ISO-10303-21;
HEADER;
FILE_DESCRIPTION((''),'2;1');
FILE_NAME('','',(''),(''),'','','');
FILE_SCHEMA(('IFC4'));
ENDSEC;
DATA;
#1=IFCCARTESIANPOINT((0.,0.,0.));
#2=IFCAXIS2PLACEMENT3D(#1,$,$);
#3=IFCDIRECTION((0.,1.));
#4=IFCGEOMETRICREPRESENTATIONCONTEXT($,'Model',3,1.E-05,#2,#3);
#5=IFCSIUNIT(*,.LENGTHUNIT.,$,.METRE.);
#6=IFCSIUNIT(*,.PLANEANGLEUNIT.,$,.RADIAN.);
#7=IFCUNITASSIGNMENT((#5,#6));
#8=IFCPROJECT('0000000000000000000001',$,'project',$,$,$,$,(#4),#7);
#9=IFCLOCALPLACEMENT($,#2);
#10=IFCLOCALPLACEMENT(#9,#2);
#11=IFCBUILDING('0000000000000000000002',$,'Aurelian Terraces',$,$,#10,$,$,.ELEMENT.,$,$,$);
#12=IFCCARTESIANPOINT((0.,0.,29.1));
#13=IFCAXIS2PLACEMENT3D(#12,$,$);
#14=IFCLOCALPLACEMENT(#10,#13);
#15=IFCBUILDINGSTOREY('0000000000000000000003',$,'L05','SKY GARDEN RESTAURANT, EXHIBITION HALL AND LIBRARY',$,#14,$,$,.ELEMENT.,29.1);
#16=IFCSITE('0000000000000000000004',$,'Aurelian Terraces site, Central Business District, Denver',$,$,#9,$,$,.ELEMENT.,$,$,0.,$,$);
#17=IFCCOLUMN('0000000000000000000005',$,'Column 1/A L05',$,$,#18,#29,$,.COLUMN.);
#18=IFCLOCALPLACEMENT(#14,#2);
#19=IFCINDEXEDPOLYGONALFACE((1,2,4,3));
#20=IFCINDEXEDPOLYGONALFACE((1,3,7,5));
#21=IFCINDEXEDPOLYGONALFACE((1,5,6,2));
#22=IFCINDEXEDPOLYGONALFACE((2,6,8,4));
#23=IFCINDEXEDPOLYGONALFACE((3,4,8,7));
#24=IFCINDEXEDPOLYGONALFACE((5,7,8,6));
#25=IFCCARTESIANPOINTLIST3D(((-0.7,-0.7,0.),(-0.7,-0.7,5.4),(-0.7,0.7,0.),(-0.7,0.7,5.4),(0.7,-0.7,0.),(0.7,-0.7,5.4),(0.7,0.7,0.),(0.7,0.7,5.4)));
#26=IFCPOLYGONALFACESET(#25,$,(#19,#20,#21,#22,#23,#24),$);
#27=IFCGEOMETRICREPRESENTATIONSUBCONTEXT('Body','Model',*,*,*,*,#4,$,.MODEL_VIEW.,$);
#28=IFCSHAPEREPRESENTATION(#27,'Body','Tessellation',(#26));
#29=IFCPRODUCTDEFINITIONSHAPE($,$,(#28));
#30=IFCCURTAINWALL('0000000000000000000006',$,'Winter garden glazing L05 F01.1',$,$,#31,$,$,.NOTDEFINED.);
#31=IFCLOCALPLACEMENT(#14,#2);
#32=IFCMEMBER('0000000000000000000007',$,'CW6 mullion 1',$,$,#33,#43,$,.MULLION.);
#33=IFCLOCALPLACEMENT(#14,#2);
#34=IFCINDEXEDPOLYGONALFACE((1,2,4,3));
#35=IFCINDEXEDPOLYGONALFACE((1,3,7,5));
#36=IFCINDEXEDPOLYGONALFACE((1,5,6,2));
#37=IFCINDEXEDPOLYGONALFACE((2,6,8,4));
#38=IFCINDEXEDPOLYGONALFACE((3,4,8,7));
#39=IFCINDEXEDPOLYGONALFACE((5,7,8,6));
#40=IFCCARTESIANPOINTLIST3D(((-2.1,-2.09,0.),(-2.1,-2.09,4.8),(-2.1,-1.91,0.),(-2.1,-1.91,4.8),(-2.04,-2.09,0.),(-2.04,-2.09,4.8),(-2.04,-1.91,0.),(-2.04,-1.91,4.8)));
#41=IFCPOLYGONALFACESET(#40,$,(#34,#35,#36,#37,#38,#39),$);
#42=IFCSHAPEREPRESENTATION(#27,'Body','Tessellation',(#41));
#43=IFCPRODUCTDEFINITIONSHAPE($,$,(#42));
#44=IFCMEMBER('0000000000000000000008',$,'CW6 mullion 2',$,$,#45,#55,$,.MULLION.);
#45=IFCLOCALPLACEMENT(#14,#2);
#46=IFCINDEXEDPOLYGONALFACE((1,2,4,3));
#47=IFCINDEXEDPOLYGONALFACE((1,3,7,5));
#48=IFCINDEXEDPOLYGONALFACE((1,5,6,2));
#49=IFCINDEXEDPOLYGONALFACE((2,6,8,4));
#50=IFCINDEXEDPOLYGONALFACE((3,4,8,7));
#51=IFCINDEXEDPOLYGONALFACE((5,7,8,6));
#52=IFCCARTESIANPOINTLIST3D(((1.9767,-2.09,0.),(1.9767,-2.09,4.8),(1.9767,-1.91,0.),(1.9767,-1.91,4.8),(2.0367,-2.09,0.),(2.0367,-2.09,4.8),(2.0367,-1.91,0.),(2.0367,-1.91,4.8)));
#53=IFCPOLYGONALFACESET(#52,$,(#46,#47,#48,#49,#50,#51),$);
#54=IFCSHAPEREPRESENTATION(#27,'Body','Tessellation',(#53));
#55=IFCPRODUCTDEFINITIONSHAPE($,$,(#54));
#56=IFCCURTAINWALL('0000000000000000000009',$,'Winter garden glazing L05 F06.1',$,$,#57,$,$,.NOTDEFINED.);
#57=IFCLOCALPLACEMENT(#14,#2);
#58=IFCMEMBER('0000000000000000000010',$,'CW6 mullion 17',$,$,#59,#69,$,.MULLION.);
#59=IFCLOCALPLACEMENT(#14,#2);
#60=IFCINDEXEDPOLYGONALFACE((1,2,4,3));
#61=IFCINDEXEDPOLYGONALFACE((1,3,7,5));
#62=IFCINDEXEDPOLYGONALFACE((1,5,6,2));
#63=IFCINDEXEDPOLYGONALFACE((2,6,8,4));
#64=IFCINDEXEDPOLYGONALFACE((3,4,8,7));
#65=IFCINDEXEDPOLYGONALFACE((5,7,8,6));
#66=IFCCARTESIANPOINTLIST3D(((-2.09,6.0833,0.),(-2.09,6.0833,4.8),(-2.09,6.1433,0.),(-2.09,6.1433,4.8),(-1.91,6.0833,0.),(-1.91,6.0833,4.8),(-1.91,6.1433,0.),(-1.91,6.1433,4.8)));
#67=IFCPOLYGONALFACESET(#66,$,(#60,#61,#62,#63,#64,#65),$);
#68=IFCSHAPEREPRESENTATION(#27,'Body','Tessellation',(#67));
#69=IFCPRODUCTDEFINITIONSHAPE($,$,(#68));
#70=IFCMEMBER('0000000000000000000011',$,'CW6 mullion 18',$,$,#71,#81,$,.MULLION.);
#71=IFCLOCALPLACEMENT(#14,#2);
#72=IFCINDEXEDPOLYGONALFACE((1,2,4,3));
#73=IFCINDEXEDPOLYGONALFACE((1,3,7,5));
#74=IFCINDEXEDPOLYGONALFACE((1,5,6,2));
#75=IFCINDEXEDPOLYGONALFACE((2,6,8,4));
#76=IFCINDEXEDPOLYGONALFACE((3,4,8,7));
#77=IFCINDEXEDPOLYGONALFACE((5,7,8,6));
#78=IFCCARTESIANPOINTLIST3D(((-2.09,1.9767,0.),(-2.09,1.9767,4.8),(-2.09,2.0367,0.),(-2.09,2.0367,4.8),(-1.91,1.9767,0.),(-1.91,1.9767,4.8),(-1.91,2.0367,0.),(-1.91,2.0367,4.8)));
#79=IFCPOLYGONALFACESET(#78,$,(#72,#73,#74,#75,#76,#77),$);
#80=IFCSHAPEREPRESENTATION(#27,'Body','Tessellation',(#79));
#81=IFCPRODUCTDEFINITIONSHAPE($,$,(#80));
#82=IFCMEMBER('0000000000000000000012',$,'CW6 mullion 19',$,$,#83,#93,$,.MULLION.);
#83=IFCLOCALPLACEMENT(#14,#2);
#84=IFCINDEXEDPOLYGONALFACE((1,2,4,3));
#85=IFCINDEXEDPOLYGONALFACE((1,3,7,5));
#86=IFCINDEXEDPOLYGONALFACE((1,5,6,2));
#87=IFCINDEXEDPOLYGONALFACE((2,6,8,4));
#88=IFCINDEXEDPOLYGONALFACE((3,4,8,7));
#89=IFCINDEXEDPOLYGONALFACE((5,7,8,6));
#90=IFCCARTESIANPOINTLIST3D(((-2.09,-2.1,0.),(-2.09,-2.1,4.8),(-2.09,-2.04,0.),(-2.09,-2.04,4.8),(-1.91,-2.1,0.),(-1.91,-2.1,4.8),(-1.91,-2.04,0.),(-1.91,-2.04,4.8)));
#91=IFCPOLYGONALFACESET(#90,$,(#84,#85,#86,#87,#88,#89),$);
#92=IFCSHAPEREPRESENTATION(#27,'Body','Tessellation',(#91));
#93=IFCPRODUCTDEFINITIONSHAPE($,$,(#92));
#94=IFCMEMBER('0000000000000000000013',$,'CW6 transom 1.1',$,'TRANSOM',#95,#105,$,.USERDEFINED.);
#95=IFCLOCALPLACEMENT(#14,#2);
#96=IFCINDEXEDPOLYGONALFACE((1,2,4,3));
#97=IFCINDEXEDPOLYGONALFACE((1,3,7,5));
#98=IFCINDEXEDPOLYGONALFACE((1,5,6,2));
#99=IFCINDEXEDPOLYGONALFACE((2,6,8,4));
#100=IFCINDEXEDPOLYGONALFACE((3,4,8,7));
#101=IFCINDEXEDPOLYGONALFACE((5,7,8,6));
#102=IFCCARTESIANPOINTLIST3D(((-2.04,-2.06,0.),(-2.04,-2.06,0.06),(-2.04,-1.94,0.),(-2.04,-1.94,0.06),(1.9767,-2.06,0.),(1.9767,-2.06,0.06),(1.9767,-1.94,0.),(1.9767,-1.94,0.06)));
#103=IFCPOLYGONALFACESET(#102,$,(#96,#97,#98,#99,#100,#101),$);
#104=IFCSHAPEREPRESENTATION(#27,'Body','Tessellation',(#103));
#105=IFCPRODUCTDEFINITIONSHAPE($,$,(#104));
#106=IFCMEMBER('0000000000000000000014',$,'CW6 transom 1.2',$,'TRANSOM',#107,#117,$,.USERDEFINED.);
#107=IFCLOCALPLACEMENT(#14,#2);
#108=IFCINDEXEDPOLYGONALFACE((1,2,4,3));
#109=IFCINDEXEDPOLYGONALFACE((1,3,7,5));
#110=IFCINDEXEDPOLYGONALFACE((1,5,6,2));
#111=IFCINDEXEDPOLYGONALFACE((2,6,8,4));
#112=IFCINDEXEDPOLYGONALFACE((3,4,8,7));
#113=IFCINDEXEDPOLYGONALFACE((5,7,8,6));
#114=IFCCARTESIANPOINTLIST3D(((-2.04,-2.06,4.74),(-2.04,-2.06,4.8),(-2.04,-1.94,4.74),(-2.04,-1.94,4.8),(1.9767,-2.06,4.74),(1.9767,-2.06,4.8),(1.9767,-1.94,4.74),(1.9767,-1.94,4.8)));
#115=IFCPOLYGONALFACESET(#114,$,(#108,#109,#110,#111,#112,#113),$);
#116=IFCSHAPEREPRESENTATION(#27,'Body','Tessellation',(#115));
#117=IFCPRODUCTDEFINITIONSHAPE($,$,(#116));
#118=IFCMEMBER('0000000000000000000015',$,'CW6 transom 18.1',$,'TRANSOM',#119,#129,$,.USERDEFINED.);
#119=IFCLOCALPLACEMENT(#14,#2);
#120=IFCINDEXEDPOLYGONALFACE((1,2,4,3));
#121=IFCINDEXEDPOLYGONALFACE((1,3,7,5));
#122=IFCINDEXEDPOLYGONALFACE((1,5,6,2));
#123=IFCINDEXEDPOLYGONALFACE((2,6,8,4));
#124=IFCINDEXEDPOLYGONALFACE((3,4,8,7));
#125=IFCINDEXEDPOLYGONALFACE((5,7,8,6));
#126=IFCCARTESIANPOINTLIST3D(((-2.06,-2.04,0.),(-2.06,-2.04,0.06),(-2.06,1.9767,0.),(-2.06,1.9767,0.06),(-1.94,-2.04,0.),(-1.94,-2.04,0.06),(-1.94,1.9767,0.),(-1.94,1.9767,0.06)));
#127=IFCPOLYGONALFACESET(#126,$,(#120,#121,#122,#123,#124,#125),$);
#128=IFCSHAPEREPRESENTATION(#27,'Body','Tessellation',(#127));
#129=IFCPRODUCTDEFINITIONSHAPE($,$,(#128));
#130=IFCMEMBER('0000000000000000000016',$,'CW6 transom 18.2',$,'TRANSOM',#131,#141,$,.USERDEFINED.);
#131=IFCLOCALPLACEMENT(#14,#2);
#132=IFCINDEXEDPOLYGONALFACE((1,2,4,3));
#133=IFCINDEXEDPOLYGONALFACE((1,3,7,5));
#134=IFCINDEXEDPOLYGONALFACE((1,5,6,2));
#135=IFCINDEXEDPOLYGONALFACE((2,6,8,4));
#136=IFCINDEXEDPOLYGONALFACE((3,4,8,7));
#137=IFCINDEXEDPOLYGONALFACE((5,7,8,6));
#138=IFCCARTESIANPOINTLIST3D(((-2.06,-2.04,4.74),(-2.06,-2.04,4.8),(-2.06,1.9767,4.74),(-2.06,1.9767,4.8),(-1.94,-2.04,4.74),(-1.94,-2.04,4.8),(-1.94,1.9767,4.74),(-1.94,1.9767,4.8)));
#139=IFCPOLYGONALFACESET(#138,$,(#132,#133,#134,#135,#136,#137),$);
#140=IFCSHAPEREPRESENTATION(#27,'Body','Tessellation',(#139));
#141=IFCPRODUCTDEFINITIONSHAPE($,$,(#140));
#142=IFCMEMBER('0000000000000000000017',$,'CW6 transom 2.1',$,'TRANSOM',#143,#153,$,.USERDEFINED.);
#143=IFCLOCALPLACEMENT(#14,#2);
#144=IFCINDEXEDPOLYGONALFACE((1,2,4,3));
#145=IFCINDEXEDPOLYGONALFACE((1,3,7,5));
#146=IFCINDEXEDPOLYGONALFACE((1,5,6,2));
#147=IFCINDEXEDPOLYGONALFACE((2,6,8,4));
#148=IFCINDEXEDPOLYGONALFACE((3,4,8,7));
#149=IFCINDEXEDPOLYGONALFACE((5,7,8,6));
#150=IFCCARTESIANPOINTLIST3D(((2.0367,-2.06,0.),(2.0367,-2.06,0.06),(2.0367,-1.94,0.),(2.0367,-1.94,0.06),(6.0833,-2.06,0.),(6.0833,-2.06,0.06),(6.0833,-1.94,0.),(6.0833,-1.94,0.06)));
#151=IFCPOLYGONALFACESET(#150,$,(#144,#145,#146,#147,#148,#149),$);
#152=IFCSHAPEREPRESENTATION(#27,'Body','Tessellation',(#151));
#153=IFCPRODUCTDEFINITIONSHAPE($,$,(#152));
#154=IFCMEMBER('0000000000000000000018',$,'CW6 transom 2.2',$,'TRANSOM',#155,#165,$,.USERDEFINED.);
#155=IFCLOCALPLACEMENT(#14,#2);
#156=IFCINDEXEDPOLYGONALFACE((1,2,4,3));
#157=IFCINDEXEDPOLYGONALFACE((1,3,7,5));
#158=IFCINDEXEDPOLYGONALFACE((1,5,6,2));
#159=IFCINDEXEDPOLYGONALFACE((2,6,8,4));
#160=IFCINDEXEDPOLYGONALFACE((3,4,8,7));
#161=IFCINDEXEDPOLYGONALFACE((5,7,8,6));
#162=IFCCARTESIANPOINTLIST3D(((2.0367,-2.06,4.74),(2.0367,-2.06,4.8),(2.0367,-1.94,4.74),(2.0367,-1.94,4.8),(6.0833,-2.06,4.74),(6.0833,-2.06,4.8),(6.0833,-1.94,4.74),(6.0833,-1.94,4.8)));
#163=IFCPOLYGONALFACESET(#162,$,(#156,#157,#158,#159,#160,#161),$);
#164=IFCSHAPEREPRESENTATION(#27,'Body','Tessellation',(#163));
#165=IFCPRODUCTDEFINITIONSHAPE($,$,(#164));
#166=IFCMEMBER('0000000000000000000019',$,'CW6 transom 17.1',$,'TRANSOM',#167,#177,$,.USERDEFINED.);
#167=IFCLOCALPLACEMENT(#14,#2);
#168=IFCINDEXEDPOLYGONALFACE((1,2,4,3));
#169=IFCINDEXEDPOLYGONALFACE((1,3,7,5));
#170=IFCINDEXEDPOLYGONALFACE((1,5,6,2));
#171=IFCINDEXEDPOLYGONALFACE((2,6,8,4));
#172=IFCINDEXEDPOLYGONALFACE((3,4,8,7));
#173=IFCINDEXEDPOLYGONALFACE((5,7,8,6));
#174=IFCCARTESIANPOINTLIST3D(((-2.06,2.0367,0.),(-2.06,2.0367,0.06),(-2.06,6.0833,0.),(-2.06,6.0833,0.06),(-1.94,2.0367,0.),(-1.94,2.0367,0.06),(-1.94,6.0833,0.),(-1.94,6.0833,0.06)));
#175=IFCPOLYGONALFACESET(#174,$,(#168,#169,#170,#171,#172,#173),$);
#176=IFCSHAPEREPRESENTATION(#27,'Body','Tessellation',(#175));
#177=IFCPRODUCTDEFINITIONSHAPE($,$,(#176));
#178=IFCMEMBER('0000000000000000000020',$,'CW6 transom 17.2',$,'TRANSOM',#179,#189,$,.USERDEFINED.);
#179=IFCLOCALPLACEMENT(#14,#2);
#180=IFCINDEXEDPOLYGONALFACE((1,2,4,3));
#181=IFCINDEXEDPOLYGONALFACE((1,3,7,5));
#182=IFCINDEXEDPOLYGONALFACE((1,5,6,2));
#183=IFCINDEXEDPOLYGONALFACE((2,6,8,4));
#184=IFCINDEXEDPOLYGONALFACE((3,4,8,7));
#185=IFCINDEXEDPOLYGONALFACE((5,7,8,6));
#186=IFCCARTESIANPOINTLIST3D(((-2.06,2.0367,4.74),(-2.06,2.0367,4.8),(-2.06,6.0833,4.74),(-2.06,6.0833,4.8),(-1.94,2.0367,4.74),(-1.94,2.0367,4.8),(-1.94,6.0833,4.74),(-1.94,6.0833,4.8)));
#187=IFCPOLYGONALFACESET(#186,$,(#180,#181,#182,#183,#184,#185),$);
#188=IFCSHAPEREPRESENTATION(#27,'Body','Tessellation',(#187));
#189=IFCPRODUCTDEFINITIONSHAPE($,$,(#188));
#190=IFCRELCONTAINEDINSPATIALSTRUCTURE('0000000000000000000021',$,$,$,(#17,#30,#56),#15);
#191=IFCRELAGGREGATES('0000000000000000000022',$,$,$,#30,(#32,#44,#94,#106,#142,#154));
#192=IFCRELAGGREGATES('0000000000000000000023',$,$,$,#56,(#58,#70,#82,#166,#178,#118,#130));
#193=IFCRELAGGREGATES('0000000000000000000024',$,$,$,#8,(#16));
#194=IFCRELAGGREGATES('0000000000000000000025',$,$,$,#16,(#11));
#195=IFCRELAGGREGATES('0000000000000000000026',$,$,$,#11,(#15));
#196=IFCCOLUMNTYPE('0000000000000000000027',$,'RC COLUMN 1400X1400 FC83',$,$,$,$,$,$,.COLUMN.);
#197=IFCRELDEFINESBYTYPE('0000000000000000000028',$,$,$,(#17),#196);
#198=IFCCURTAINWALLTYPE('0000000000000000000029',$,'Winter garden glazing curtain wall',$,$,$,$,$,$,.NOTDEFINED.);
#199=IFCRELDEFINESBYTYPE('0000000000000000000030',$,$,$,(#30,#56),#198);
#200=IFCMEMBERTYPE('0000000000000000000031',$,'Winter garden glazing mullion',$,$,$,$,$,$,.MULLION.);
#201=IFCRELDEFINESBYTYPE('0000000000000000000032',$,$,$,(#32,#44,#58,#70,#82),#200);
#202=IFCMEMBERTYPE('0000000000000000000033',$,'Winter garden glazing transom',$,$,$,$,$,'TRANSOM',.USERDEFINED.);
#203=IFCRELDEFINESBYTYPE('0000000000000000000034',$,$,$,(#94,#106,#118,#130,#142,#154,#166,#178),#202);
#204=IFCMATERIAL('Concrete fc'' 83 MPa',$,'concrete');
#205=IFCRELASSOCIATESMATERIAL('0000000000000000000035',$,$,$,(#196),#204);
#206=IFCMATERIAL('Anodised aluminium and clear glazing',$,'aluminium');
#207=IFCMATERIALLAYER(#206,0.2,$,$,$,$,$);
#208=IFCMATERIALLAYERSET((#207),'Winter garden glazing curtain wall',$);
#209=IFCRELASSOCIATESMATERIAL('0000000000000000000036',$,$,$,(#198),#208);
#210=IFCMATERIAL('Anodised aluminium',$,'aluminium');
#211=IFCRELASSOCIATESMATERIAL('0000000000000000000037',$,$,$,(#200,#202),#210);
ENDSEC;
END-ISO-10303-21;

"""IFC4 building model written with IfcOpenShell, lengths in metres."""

from ifc_helpers import new_model, si_unit, direction, frame, origin, origin_with_axes, origin_2d, place, context, subcontext, project, spatial, rectangle, extrude, source, transform, mapped, material, layer, layer_set, material_profile, profile_set, type_object, element, aggregate, save


model = new_model("IFC4")

# Units and contexts
model_context = context("Model", 3, precision=1e-05, world=origin(), true_north=direction((0.0, 1.0)))
body_context = subcontext(model_context, "Body", "Model", "MODEL_VIEW")
ifc_project = project(units=[si_unit("LENGTHUNIT", "METRE"), si_unit("PLANEANGLEUNIT", "RADIAN")], contexts=[model_context])

# Site, building, storey
site_placement = place(None, origin())
site = spatial("IfcSite", under=ifc_project, at=site_placement, Name="Aurelian Terraces site, Central Business District, Denver", CompositionType="ELEMENT", RefElevation=0.0)
building_placement = place(site_placement, origin())
building = spatial("IfcBuilding", under=site, at=building_placement, Name="Aurelian Terraces", CompositionType="ELEMENT")
storey_placement = place(building_placement, frame((0.0, 0.0, 29.1)))
storey = spatial("IfcBuildingStorey", under=building, at=storey_placement, Name="L05", Description="SKY GARDEN RESTAURANT, EXHIBITION HALL AND LIBRARY", CompositionType="ELEMENT", Elevation=29.1)

# Column
ifc_material_1 = material(Name="Concrete fc' 83 MPa", Category="concrete")
ifc_material_profile_1 = material_profile(ifc_material_1, rectangle(XDim=1.4, YDim=1.4, at=origin_2d()))
ifc_profile_set_1 = profile_set([ifc_material_profile_1], Name="Concrete fc' 83 MPa")
column_type = type_object("IfcColumnType", Name="RC COLUMN 1400X1400 FC83", PredefinedType="COLUMN", material=ifc_profile_set_1)
shared_shape_1 = source(origin(), body_context, "Body", "SweptSolid", [
    extrude(rectangle(XDim=1.4, YDim=1.4, at=origin_2d()), origin(), (0.0, 0.0, 1.0), 5.4),
])
column_placement = place(storey_placement, origin_with_axes())
element("IfcColumn", 1, at=column_placement, inside=storey, type_object=column_type, Name="Column 1/A L05", PredefinedType="COLUMN", context=body_context, shape_type="MappedRepresentation", body=[
    mapped(shared_shape_1, transform((0.0, 0.0, 0.0), scale=1.0)),
])

# Curtain walls, members
ifc_material_2 = material(Name="Anodised aluminium and clear glazing", Category="aluminium")
ifc_layer_1 = layer(ifc_material_2, 0.2)
ifc_layer_set_1 = layer_set([ifc_layer_1], Name="Winter garden glazing curtain wall")
curtain_wall_type = type_object("IfcCurtainWallType", Name="Winter garden glazing curtain wall", PredefinedType="NOTDEFINED", material=ifc_layer_set_1)
curtain_wall_1_placement = place(storey_placement, origin())
curtain_wall_1 = element("IfcCurtainWall", 2, at=curtain_wall_1_placement, inside=storey, type_object=curtain_wall_type, Name="Winter garden glazing L05 F01.1", PredefinedType="NOTDEFINED")
ifc_material_3 = material(Name="Anodised aluminium", Category="aluminium")
ifc_material_profile_2 = material_profile(ifc_material_3, rectangle(XDim=0.18, YDim=0.06, at=origin_2d()))
ifc_profile_set_2 = profile_set([ifc_material_profile_2], Name="Anodised aluminium")
member_type_1 = type_object("IfcMemberType", Name="Winter garden glazing mullion", PredefinedType="MULLION", material=ifc_profile_set_2)
shared_shape_2 = source(origin(), body_context, "Body", "SweptSolid", [
    extrude(rectangle(XDim=0.18, YDim=0.06, at=origin_2d()), origin(), (0.0, 0.0, 1.0), 4.8),
])
member_1_placement = place(storey_placement, frame((-2.07, -2.0, 0.0), z_axis=(0.0, 0.0, 1.0), x_axis=(0.0, 1.0, 0.0)))
member_1 = element("IfcMember", 3, at=member_1_placement, type_object=member_type_1, Name="CW6 mullion 1", PredefinedType="MULLION", context=body_context, shape_type="MappedRepresentation", body=[
    mapped(shared_shape_2, transform((0.0, 0.0, 0.0), scale=1.0)),
])
member_2_placement = place(storey_placement, frame((2.0067, -2.0, 0.0), z_axis=(0.0, 0.0, 1.0), x_axis=(0.0, 1.0, 0.0)))
member_2 = element("IfcMember", 4, at=member_2_placement, type_object=member_type_1, Name="CW6 mullion 2", PredefinedType="MULLION", context=body_context, shape_type="MappedRepresentation", body=[
    mapped(shared_shape_2, transform((0.0, 0.0, 0.0), scale=1.0)),
])
curtain_wall_2_placement = place(storey_placement, origin())
curtain_wall_2 = element("IfcCurtainWall", 5, at=curtain_wall_2_placement, inside=storey, type_object=curtain_wall_type, Name="Winter garden glazing L05 F06.1", PredefinedType="NOTDEFINED")
member_3_placement = place(storey_placement, frame((-2.0, 6.1133, 0.0), z_axis=(0.0, 0.0, 1.0), x_axis=(1.0, 0.0, 0.0)))
member_3 = element("IfcMember", 6, at=member_3_placement, type_object=member_type_1, Name="CW6 mullion 17", PredefinedType="MULLION", context=body_context, shape_type="MappedRepresentation", body=[
    mapped(shared_shape_2, transform((0.0, 0.0, 0.0), scale=1.0)),
])
member_4_placement = place(storey_placement, frame((-2.0, 2.0067, 0.0), z_axis=(0.0, 0.0, 1.0), x_axis=(1.0, 0.0, 0.0)))
member_4 = element("IfcMember", 7, at=member_4_placement, type_object=member_type_1, Name="CW6 mullion 18", PredefinedType="MULLION", context=body_context, shape_type="MappedRepresentation", body=[
    mapped(shared_shape_2, transform((0.0, 0.0, 0.0), scale=1.0)),
])
member_5_placement = place(storey_placement, frame((-2.0, -2.07, 0.0), z_axis=(0.0, 0.0, 1.0), x_axis=(1.0, 0.0, 0.0)))
member_5 = element("IfcMember", 8, at=member_5_placement, type_object=member_type_1, Name="CW6 mullion 19", PredefinedType="MULLION", context=body_context, shape_type="MappedRepresentation", body=[
    mapped(shared_shape_2, transform((0.0, 0.0, 0.0), scale=1.0)),
])

# Members
ifc_material_profile_3 = material_profile(ifc_material_3, rectangle(XDim=0.12, YDim=0.06, at=origin_2d()))
ifc_profile_set_3 = profile_set([ifc_material_profile_3], Name="Anodised aluminium")
member_type_2 = type_object("IfcMemberType", Name="Winter garden glazing transom", ElementType="TRANSOM", PredefinedType="USERDEFINED", material=ifc_profile_set_3)
shared_shape_3 = source(origin(), body_context, "Body", "SweptSolid", [
    extrude(rectangle(XDim=0.12, YDim=0.06, at=origin_2d()), origin(), (0.0, 0.0, 1.0), 4.0167),
])
member_6_placement = place(storey_placement, frame((-2.04, -2.0, 0.03), z_axis=(1.0, 0.0, 0.0), x_axis=(0.0, 1.0, 0.0)))
member_6 = element("IfcMember", 9, at=member_6_placement, type_object=member_type_2, Name="CW6 transom 1.1", ObjectType="TRANSOM", PredefinedType="USERDEFINED", context=body_context, shape_type="MappedRepresentation", body=[
    mapped(shared_shape_3, transform((0.0, 0.0, 0.0), scale=1.0)),
])
member_7_placement = place(storey_placement, frame((-2.04, -2.0, 4.77), z_axis=(1.0, 0.0, 0.0), x_axis=(0.0, 1.0, 0.0)))
member_7 = element("IfcMember", 10, at=member_7_placement, type_object=member_type_2, Name="CW6 transom 1.2", ObjectType="TRANSOM", PredefinedType="USERDEFINED", context=body_context, shape_type="MappedRepresentation", body=[
    mapped(shared_shape_3, transform((0.0, 0.0, 0.0), scale=1.0)),
])
member_8_placement = place(storey_placement, frame((-2.0, 1.9767, 0.03), z_axis=(0.0, -1.0, 0.0), x_axis=(1.0, 0.0, 0.0)))
member_8 = element("IfcMember", 11, at=member_8_placement, type_object=member_type_2, Name="CW6 transom 18.1", ObjectType="TRANSOM", PredefinedType="USERDEFINED", context=body_context, shape_type="MappedRepresentation", body=[
    mapped(shared_shape_3, transform((0.0, 0.0, 0.0), scale=1.0)),
])
member_9_placement = place(storey_placement, frame((-2.0, 1.9767, 4.77), z_axis=(0.0, -1.0, 0.0), x_axis=(1.0, 0.0, 0.0)))
member_9 = element("IfcMember", 12, at=member_9_placement, type_object=member_type_2, Name="CW6 transom 18.2", ObjectType="TRANSOM", PredefinedType="USERDEFINED", context=body_context, shape_type="MappedRepresentation", body=[
    mapped(shared_shape_3, transform((0.0, 0.0, 0.0), scale=1.0)),
])
shared_shape_4 = source(origin(), body_context, "Body", "SweptSolid", [
    extrude(rectangle(XDim=0.12, YDim=0.06, at=origin_2d()), origin(), (0.0, 0.0, 1.0), 4.0466),
])
member_10_placement = place(storey_placement, frame((2.0367, -2.0, 0.03), z_axis=(1.0, 0.0, 0.0), x_axis=(0.0, 1.0, 0.0)))
member_10 = element("IfcMember", 13, at=member_10_placement, type_object=member_type_2, Name="CW6 transom 2.1", ObjectType="TRANSOM", PredefinedType="USERDEFINED", context=body_context, shape_type="MappedRepresentation", body=[
    mapped(shared_shape_4, transform((0.0, 0.0, 0.0), scale=1.0)),
])
member_11_placement = place(storey_placement, frame((2.0367, -2.0, 4.77), z_axis=(1.0, 0.0, 0.0), x_axis=(0.0, 1.0, 0.0)))
member_11 = element("IfcMember", 14, at=member_11_placement, type_object=member_type_2, Name="CW6 transom 2.2", ObjectType="TRANSOM", PredefinedType="USERDEFINED", context=body_context, shape_type="MappedRepresentation", body=[
    mapped(shared_shape_4, transform((0.0, 0.0, 0.0), scale=1.0)),
])
member_12_placement = place(storey_placement, frame((-2.0, 6.0833, 0.03), z_axis=(0.0, -1.0, 0.0), x_axis=(1.0, 0.0, 0.0)))
member_12 = element("IfcMember", 15, at=member_12_placement, type_object=member_type_2, Name="CW6 transom 17.1", ObjectType="TRANSOM", PredefinedType="USERDEFINED", context=body_context, shape_type="MappedRepresentation", body=[
    mapped(shared_shape_4, transform((0.0, 0.0, 0.0), scale=1.0)),
])
member_13_placement = place(storey_placement, frame((-2.0, 6.0833, 4.77), z_axis=(0.0, -1.0, 0.0), x_axis=(1.0, 0.0, 0.0)))
member_13 = element("IfcMember", 16, at=member_13_placement, type_object=member_type_2, Name="CW6 transom 17.2", ObjectType="TRANSOM", PredefinedType="USERDEFINED", context=body_context, shape_type="MappedRepresentation", body=[
    mapped(shared_shape_4, transform((0.0, 0.0, 0.0), scale=1.0)),
])

aggregate(curtain_wall_1, [member_1, member_2, member_6, member_7, member_10, member_11])
aggregate(curtain_wall_2, [member_3, member_4, member_5, member_12, member_13, member_8, member_9])

save(model, "model.ifc")
